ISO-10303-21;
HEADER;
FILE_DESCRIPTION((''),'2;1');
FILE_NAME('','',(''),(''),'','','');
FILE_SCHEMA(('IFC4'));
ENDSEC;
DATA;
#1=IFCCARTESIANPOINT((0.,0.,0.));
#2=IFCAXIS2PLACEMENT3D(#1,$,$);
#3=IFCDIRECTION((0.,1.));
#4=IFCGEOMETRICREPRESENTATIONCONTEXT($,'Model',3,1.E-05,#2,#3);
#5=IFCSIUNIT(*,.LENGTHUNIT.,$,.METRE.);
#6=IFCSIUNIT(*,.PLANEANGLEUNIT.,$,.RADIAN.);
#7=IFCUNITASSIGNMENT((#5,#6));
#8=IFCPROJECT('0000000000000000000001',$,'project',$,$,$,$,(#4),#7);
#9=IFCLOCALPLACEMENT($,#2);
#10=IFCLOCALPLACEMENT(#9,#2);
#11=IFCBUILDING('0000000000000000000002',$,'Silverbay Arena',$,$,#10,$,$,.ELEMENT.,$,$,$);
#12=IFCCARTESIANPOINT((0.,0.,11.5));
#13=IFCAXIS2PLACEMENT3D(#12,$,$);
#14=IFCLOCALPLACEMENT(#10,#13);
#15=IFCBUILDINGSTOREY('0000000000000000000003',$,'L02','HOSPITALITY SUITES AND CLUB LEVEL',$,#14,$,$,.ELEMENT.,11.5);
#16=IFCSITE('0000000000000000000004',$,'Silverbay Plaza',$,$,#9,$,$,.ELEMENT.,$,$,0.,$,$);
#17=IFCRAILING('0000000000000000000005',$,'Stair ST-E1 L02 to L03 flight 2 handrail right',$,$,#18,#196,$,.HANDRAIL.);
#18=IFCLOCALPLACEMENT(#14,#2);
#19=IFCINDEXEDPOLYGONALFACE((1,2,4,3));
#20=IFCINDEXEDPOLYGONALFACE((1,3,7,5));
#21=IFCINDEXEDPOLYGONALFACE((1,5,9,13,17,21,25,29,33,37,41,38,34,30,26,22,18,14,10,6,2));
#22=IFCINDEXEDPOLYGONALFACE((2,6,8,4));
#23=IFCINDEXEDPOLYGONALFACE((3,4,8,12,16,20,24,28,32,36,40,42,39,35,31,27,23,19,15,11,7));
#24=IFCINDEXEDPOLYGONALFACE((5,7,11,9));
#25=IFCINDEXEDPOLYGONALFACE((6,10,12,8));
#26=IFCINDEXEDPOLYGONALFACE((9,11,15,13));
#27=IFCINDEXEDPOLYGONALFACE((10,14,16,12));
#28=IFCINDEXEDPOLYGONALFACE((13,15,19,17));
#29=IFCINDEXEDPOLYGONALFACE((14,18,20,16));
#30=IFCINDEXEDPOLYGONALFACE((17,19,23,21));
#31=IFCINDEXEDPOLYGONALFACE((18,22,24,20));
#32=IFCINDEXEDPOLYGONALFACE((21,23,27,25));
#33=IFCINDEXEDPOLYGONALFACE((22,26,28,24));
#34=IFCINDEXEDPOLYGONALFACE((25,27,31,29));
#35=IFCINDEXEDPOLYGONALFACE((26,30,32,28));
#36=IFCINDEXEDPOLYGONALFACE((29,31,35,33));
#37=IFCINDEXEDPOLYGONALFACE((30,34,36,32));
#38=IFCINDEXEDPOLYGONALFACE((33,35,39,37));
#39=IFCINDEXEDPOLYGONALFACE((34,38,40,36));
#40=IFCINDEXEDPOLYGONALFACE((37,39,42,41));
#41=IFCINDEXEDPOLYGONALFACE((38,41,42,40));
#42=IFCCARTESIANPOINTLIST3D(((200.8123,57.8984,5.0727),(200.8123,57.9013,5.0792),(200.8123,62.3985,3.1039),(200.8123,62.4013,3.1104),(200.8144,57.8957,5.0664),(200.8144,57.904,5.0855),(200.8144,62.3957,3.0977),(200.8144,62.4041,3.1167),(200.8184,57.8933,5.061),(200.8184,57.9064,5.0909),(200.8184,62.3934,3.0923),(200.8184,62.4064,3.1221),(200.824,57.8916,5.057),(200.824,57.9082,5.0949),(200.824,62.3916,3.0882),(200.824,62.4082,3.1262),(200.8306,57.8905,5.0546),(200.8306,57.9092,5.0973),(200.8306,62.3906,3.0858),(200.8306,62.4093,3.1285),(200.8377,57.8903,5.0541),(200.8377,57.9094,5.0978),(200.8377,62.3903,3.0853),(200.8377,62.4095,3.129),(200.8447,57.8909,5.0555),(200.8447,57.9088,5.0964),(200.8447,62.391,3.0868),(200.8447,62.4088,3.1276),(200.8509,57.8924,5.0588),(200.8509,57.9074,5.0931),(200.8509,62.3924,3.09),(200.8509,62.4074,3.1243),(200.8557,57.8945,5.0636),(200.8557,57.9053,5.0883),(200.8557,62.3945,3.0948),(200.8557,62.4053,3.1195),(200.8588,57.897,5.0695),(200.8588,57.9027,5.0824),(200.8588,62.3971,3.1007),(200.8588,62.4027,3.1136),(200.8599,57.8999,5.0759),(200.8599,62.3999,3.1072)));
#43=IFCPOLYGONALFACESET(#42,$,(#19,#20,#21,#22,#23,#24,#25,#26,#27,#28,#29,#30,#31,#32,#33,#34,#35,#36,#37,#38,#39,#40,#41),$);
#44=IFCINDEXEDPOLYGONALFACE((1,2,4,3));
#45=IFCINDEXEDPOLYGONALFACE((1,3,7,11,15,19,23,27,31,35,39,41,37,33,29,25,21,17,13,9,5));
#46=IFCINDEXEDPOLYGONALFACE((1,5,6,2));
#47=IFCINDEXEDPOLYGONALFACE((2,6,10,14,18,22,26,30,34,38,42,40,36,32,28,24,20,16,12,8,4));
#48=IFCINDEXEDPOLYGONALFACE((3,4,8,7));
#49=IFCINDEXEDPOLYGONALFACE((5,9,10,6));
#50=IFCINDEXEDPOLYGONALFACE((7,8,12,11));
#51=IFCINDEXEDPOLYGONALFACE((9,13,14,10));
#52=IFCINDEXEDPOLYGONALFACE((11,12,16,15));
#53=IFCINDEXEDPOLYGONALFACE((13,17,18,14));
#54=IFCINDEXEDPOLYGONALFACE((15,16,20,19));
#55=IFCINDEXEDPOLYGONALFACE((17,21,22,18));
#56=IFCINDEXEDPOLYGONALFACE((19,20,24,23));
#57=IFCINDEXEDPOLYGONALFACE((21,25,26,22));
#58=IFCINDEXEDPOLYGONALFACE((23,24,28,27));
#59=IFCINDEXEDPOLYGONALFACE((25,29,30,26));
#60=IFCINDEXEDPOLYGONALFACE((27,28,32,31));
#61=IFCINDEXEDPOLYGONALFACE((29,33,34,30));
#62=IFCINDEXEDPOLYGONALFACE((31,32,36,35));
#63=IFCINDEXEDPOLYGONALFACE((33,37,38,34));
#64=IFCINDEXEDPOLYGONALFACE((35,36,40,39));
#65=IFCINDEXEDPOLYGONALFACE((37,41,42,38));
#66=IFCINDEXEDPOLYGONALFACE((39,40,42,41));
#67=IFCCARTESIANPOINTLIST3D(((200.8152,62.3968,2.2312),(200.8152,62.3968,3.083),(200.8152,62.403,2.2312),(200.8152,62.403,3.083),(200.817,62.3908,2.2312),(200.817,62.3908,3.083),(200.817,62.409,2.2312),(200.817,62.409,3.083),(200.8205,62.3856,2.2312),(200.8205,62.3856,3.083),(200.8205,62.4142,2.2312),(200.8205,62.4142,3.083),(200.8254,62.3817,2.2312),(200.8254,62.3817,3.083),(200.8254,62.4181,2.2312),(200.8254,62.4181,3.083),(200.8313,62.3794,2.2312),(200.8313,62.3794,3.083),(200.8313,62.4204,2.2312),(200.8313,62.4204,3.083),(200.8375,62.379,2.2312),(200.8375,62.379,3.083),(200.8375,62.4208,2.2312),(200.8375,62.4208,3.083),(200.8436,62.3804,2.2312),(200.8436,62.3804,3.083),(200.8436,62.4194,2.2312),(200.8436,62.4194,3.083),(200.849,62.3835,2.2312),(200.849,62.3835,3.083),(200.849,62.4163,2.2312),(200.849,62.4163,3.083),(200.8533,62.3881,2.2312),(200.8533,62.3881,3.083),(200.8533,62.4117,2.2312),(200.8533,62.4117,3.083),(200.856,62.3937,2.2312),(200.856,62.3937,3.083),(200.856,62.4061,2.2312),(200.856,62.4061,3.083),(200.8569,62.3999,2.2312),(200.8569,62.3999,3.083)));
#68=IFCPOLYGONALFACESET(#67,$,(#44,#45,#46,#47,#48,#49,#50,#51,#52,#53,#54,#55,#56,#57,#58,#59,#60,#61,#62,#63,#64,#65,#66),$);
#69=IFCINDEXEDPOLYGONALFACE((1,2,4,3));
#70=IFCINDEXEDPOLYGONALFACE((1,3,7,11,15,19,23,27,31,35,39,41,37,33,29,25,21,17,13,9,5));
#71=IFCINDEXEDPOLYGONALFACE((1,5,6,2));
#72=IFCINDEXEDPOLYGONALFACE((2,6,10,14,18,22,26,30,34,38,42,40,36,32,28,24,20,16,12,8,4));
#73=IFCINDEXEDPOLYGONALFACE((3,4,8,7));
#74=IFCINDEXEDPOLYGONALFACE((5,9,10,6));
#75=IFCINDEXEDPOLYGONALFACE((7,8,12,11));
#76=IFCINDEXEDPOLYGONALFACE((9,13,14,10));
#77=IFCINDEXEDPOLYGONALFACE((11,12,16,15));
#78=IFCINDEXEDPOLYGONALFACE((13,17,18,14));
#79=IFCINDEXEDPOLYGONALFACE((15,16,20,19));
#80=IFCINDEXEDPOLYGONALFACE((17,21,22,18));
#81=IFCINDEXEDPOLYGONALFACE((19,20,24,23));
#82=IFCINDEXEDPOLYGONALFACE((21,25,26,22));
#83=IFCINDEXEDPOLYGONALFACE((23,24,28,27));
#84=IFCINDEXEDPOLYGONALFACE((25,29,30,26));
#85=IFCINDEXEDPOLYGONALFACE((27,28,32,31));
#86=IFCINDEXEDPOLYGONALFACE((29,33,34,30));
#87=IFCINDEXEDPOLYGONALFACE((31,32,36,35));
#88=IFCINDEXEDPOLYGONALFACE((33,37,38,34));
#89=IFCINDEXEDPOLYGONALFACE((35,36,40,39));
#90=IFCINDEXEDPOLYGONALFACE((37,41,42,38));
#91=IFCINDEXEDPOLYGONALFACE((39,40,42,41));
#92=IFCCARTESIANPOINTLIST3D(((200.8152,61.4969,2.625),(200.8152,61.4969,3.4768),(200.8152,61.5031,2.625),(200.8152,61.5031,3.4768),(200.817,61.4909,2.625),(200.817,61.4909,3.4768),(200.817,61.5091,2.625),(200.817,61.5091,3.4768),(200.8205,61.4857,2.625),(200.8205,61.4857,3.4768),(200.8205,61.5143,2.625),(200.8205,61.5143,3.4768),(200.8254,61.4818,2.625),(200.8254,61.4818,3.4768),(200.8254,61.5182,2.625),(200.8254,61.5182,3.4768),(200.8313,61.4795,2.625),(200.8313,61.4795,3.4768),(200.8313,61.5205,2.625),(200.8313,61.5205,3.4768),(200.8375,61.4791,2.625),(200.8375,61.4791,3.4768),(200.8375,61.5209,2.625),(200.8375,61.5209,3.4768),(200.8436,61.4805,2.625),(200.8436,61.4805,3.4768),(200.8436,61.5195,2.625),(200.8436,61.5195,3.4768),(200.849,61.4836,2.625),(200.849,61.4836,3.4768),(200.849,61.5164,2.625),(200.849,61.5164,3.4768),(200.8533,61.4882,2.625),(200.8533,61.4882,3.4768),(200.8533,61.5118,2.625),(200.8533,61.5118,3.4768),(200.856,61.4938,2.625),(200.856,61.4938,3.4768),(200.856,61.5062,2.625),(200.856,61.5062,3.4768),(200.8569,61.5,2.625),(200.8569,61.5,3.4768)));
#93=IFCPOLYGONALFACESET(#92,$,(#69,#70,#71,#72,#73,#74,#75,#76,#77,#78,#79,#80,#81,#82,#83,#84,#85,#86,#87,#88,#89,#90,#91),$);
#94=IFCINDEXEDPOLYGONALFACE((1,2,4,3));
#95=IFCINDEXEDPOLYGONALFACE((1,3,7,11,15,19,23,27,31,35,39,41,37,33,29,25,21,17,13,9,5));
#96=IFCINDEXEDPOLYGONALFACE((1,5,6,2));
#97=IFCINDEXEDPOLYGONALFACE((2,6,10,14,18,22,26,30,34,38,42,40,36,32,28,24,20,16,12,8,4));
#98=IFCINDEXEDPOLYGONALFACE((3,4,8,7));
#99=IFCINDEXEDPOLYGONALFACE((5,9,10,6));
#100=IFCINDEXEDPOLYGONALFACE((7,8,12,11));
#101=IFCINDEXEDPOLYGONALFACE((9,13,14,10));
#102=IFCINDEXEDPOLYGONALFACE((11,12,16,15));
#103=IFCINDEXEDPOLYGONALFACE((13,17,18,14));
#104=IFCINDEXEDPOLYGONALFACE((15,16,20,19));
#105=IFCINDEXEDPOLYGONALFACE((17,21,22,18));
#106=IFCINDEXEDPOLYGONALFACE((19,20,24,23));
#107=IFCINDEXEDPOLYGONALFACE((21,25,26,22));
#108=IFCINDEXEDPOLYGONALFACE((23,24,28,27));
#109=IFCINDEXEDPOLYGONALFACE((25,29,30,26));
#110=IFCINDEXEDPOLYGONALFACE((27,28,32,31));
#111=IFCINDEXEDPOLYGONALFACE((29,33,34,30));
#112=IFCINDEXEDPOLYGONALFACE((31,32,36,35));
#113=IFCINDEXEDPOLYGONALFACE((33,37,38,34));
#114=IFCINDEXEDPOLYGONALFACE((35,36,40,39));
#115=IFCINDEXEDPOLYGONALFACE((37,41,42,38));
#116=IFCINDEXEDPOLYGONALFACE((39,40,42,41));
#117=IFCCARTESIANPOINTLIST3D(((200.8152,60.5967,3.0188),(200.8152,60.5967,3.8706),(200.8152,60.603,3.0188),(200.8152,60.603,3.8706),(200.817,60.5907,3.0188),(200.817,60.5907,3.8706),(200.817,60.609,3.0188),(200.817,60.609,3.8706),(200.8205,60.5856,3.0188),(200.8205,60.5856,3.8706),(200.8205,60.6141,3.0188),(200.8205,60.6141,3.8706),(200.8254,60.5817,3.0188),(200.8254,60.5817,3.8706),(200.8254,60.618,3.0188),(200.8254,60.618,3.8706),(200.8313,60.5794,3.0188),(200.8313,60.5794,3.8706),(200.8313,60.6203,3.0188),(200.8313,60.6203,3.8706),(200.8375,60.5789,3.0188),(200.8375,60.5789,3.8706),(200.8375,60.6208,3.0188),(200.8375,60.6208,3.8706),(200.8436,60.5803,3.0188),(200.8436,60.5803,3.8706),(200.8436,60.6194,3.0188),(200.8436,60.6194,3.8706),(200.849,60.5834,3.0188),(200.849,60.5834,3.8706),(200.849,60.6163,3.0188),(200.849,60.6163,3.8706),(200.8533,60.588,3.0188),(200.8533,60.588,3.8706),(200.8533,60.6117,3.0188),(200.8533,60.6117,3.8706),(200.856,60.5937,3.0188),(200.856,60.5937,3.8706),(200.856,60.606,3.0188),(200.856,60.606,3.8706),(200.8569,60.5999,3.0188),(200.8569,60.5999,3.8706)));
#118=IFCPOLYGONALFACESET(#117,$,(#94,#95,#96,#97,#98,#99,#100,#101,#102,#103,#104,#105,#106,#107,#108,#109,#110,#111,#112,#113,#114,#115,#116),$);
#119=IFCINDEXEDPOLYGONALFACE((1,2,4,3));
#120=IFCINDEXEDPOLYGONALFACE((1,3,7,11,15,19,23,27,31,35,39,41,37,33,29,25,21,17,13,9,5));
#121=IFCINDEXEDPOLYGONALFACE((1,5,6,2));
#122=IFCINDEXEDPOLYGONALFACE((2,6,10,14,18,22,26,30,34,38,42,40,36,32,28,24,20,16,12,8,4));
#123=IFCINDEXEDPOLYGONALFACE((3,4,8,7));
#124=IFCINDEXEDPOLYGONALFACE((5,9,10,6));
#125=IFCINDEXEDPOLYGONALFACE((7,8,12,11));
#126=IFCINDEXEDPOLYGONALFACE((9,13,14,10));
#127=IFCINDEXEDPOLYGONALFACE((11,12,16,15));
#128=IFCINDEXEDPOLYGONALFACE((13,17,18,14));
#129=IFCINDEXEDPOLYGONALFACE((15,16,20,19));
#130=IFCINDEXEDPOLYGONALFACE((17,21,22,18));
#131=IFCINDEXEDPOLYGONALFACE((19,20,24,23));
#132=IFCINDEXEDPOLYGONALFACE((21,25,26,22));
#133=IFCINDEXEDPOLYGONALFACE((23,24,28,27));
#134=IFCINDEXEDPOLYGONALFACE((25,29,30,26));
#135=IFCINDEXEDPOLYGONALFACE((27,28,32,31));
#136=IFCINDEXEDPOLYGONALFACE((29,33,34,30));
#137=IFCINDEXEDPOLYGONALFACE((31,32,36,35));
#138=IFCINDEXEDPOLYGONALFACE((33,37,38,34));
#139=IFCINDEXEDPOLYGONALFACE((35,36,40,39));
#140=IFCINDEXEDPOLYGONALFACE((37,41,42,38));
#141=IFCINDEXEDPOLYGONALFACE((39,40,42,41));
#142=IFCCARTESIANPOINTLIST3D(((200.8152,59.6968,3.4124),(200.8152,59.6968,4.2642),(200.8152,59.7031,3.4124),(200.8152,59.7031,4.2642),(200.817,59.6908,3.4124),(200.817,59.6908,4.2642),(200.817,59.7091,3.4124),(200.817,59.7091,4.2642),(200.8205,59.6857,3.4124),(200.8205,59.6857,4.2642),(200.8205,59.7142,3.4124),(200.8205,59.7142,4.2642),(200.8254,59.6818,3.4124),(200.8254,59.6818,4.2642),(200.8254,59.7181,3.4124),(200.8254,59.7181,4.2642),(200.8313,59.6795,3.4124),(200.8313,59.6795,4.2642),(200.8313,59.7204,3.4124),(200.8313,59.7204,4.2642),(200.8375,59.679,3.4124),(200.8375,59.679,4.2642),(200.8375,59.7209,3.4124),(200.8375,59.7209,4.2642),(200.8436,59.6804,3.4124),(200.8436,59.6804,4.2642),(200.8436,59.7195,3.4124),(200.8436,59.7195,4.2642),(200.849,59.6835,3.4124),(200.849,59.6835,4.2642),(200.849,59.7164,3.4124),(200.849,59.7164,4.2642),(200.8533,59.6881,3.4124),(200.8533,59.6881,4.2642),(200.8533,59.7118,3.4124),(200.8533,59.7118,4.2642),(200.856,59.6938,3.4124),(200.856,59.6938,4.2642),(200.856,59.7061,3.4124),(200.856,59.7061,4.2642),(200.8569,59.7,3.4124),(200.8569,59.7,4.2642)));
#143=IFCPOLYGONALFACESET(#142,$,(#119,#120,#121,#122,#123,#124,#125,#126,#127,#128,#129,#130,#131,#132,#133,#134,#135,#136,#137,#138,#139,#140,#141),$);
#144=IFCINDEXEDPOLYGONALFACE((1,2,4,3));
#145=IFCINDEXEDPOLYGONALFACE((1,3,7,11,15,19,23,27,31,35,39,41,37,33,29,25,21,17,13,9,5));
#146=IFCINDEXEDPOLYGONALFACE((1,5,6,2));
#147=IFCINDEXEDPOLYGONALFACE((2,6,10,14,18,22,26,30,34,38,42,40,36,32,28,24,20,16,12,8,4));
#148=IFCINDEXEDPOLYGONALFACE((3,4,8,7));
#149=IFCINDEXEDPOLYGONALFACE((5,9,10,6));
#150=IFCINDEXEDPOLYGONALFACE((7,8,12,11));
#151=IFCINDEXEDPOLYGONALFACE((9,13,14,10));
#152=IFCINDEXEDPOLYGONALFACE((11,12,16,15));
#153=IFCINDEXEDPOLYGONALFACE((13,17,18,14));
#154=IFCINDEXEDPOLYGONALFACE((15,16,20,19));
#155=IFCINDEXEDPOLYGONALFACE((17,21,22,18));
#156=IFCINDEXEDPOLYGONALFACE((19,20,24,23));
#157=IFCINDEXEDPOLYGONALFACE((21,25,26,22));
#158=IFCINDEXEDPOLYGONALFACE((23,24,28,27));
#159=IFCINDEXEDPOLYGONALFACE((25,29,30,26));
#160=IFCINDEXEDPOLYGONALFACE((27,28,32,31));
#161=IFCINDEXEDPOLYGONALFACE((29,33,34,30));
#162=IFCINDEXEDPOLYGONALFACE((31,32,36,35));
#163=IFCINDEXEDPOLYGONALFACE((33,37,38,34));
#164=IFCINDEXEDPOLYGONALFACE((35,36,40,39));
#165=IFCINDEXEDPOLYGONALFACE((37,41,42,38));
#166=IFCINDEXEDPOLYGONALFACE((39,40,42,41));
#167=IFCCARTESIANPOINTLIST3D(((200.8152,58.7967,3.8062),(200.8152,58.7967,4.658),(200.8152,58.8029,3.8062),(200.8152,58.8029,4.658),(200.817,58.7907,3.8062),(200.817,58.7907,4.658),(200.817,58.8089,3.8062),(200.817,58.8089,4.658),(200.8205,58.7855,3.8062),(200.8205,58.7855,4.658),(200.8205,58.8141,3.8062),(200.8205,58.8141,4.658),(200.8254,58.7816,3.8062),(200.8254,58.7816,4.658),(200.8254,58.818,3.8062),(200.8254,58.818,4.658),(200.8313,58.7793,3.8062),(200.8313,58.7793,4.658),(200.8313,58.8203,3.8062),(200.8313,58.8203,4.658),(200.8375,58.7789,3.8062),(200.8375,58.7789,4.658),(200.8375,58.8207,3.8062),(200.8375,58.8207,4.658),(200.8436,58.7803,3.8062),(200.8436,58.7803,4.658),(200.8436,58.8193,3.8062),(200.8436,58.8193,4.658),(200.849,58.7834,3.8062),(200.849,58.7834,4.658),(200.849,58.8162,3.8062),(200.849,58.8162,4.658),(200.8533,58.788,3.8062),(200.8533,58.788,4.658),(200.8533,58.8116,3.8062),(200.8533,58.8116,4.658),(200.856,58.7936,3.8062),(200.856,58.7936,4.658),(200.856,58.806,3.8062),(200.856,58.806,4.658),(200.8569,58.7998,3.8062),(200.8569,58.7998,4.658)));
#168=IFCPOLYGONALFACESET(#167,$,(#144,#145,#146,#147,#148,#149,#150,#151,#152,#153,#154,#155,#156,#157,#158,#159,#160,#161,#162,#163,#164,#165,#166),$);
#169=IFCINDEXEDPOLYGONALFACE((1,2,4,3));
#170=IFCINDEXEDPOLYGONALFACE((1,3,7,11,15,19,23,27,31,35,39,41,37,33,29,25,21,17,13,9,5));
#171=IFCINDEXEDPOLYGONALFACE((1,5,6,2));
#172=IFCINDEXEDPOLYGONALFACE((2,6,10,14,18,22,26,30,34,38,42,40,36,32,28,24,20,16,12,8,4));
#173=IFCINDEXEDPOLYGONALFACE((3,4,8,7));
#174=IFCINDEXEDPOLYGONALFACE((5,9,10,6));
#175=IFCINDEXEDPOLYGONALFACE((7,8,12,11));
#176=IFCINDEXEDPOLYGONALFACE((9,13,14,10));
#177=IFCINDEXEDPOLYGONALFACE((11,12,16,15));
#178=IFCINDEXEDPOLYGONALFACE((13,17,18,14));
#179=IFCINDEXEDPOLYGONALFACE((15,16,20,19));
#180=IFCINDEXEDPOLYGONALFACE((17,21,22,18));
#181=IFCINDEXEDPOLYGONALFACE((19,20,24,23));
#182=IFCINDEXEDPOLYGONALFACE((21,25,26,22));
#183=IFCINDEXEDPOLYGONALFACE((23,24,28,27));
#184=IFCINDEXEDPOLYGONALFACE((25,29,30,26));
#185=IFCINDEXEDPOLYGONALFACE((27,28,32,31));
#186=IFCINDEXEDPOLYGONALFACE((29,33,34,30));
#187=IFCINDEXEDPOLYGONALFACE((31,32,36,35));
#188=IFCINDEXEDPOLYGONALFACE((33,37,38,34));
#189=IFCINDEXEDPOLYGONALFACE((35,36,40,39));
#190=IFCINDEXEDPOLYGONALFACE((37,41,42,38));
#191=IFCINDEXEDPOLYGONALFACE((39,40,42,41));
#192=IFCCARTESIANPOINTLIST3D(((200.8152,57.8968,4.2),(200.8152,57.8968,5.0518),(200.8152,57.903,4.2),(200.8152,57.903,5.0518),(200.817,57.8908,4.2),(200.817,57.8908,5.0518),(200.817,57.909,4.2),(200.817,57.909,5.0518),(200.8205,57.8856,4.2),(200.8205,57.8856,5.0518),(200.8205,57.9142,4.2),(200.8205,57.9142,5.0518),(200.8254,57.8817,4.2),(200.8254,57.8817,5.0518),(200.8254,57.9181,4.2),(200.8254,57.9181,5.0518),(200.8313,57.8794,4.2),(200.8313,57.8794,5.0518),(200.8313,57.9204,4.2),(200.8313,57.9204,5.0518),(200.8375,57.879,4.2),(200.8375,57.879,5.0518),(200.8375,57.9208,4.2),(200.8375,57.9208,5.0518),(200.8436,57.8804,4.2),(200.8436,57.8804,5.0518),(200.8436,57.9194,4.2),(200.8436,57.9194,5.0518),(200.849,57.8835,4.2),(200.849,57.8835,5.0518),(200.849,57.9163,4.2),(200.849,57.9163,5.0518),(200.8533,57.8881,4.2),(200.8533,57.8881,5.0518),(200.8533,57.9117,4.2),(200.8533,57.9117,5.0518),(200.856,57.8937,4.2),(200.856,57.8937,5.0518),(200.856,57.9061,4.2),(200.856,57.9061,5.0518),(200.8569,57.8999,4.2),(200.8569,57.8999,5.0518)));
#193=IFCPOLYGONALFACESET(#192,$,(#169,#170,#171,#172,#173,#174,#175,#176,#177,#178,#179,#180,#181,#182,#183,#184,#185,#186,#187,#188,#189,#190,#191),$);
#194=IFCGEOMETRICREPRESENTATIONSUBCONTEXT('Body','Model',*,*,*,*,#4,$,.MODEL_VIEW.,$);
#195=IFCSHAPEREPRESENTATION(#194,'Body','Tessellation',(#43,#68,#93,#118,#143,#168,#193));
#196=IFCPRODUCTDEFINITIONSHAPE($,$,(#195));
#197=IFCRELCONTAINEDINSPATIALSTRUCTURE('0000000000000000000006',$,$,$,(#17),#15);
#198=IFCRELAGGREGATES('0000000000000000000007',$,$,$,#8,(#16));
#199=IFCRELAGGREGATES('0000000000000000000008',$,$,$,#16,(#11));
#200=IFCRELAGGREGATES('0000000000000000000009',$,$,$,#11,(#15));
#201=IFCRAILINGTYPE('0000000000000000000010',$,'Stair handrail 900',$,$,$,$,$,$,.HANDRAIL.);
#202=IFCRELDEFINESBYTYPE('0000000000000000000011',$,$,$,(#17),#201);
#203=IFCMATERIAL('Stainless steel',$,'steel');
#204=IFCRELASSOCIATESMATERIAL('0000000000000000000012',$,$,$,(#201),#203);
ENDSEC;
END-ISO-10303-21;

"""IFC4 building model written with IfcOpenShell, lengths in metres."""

from ifc_helpers import new_model, si_unit, direction, frame, origin, origin_2d, place, context, subcontext, project, spatial, circle, extrude, material, type_object, element, save


model = new_model("IFC4")

# Units and contexts
model_context = context("Model", 3, precision=1e-05, world=origin(), true_north=direction((0.0, 1.0)))
body_context = subcontext(model_context, "Body", "Model", "MODEL_VIEW")
ifc_project = project(units=[si_unit("LENGTHUNIT", "METRE"), si_unit("PLANEANGLEUNIT", "RADIAN")], contexts=[model_context])

# Site, building, storey
site_placement = place(None, origin())
site = spatial("IfcSite", under=ifc_project, at=site_placement, Name="Silverbay Plaza", CompositionType="ELEMENT", RefElevation=0.0)
building_placement = place(site_placement, origin())
building = spatial("IfcBuilding", under=site, at=building_placement, Name="Silverbay Arena", CompositionType="ELEMENT")
storey_placement = place(building_placement, frame((0.0, 0.0, 11.5)))
storey = spatial("IfcBuildingStorey", under=building, at=storey_placement, Name="L02", Description="HOSPITALITY SUITES AND CLUB LEVEL", CompositionType="ELEMENT", Elevation=11.5)

# Railing
ifc_material_1 = material(Name="Stainless steel", Category="steel")
railing_type_1 = type_object("IfcRailingType", Name="Stair handrail 900", PredefinedType="HANDRAIL", material=ifc_material_1)
for number, where, name in (
    (1, (200.8359, 62.3999, 2.2312), "Stair ST-E1 L02 to L03 flight 2 handrail right"),
):
    element("IfcRailing", number, at=place(storey_placement, frame(where)), inside=storey, type_object=railing_type_1, Name=name, PredefinedType="HANDRAIL", context=body_context, shape_type="SweptSolid", body=[
        extrude(circle(Radius=0.0239, at=origin_2d()), frame((0.0, 0.0, 0.876), z_axis=(0.0, -0.916157, 0.400819), x_axis=(1.0, 0.0, 0.0)), (0.0, 0.0, 1.0), 4.9119),
        extrude(circle(Radius=0.021, at=origin_2d()), origin(), (0.0, 0.0, 1.0), 0.8518),
        extrude(circle(Radius=0.021, at=origin_2d()), frame((0.0, -0.8999, 0.3938)), (0.0, 0.0, 1.0), 0.8518),
        extrude(circle(Radius=0.021, at=origin_2d()), frame((0.0, -1.8, 0.7876)), (0.0, 0.0, 1.0), 0.8518),
        extrude(circle(Radius=0.021, at=origin_2d()), frame((0.0, -2.7, 1.1812)), (0.0, 0.0, 1.0), 0.8518),
        extrude(circle(Radius=0.021, at=origin_2d()), frame((0.0, -3.6001, 1.575)), (0.0, 0.0, 1.0), 0.8518),
        extrude(circle(Radius=0.021, at=origin_2d()), frame((0.0, -4.5, 1.9688)), (0.0, 0.0, 1.0), 0.8518),
    ])

save(model, "model.ifc")
